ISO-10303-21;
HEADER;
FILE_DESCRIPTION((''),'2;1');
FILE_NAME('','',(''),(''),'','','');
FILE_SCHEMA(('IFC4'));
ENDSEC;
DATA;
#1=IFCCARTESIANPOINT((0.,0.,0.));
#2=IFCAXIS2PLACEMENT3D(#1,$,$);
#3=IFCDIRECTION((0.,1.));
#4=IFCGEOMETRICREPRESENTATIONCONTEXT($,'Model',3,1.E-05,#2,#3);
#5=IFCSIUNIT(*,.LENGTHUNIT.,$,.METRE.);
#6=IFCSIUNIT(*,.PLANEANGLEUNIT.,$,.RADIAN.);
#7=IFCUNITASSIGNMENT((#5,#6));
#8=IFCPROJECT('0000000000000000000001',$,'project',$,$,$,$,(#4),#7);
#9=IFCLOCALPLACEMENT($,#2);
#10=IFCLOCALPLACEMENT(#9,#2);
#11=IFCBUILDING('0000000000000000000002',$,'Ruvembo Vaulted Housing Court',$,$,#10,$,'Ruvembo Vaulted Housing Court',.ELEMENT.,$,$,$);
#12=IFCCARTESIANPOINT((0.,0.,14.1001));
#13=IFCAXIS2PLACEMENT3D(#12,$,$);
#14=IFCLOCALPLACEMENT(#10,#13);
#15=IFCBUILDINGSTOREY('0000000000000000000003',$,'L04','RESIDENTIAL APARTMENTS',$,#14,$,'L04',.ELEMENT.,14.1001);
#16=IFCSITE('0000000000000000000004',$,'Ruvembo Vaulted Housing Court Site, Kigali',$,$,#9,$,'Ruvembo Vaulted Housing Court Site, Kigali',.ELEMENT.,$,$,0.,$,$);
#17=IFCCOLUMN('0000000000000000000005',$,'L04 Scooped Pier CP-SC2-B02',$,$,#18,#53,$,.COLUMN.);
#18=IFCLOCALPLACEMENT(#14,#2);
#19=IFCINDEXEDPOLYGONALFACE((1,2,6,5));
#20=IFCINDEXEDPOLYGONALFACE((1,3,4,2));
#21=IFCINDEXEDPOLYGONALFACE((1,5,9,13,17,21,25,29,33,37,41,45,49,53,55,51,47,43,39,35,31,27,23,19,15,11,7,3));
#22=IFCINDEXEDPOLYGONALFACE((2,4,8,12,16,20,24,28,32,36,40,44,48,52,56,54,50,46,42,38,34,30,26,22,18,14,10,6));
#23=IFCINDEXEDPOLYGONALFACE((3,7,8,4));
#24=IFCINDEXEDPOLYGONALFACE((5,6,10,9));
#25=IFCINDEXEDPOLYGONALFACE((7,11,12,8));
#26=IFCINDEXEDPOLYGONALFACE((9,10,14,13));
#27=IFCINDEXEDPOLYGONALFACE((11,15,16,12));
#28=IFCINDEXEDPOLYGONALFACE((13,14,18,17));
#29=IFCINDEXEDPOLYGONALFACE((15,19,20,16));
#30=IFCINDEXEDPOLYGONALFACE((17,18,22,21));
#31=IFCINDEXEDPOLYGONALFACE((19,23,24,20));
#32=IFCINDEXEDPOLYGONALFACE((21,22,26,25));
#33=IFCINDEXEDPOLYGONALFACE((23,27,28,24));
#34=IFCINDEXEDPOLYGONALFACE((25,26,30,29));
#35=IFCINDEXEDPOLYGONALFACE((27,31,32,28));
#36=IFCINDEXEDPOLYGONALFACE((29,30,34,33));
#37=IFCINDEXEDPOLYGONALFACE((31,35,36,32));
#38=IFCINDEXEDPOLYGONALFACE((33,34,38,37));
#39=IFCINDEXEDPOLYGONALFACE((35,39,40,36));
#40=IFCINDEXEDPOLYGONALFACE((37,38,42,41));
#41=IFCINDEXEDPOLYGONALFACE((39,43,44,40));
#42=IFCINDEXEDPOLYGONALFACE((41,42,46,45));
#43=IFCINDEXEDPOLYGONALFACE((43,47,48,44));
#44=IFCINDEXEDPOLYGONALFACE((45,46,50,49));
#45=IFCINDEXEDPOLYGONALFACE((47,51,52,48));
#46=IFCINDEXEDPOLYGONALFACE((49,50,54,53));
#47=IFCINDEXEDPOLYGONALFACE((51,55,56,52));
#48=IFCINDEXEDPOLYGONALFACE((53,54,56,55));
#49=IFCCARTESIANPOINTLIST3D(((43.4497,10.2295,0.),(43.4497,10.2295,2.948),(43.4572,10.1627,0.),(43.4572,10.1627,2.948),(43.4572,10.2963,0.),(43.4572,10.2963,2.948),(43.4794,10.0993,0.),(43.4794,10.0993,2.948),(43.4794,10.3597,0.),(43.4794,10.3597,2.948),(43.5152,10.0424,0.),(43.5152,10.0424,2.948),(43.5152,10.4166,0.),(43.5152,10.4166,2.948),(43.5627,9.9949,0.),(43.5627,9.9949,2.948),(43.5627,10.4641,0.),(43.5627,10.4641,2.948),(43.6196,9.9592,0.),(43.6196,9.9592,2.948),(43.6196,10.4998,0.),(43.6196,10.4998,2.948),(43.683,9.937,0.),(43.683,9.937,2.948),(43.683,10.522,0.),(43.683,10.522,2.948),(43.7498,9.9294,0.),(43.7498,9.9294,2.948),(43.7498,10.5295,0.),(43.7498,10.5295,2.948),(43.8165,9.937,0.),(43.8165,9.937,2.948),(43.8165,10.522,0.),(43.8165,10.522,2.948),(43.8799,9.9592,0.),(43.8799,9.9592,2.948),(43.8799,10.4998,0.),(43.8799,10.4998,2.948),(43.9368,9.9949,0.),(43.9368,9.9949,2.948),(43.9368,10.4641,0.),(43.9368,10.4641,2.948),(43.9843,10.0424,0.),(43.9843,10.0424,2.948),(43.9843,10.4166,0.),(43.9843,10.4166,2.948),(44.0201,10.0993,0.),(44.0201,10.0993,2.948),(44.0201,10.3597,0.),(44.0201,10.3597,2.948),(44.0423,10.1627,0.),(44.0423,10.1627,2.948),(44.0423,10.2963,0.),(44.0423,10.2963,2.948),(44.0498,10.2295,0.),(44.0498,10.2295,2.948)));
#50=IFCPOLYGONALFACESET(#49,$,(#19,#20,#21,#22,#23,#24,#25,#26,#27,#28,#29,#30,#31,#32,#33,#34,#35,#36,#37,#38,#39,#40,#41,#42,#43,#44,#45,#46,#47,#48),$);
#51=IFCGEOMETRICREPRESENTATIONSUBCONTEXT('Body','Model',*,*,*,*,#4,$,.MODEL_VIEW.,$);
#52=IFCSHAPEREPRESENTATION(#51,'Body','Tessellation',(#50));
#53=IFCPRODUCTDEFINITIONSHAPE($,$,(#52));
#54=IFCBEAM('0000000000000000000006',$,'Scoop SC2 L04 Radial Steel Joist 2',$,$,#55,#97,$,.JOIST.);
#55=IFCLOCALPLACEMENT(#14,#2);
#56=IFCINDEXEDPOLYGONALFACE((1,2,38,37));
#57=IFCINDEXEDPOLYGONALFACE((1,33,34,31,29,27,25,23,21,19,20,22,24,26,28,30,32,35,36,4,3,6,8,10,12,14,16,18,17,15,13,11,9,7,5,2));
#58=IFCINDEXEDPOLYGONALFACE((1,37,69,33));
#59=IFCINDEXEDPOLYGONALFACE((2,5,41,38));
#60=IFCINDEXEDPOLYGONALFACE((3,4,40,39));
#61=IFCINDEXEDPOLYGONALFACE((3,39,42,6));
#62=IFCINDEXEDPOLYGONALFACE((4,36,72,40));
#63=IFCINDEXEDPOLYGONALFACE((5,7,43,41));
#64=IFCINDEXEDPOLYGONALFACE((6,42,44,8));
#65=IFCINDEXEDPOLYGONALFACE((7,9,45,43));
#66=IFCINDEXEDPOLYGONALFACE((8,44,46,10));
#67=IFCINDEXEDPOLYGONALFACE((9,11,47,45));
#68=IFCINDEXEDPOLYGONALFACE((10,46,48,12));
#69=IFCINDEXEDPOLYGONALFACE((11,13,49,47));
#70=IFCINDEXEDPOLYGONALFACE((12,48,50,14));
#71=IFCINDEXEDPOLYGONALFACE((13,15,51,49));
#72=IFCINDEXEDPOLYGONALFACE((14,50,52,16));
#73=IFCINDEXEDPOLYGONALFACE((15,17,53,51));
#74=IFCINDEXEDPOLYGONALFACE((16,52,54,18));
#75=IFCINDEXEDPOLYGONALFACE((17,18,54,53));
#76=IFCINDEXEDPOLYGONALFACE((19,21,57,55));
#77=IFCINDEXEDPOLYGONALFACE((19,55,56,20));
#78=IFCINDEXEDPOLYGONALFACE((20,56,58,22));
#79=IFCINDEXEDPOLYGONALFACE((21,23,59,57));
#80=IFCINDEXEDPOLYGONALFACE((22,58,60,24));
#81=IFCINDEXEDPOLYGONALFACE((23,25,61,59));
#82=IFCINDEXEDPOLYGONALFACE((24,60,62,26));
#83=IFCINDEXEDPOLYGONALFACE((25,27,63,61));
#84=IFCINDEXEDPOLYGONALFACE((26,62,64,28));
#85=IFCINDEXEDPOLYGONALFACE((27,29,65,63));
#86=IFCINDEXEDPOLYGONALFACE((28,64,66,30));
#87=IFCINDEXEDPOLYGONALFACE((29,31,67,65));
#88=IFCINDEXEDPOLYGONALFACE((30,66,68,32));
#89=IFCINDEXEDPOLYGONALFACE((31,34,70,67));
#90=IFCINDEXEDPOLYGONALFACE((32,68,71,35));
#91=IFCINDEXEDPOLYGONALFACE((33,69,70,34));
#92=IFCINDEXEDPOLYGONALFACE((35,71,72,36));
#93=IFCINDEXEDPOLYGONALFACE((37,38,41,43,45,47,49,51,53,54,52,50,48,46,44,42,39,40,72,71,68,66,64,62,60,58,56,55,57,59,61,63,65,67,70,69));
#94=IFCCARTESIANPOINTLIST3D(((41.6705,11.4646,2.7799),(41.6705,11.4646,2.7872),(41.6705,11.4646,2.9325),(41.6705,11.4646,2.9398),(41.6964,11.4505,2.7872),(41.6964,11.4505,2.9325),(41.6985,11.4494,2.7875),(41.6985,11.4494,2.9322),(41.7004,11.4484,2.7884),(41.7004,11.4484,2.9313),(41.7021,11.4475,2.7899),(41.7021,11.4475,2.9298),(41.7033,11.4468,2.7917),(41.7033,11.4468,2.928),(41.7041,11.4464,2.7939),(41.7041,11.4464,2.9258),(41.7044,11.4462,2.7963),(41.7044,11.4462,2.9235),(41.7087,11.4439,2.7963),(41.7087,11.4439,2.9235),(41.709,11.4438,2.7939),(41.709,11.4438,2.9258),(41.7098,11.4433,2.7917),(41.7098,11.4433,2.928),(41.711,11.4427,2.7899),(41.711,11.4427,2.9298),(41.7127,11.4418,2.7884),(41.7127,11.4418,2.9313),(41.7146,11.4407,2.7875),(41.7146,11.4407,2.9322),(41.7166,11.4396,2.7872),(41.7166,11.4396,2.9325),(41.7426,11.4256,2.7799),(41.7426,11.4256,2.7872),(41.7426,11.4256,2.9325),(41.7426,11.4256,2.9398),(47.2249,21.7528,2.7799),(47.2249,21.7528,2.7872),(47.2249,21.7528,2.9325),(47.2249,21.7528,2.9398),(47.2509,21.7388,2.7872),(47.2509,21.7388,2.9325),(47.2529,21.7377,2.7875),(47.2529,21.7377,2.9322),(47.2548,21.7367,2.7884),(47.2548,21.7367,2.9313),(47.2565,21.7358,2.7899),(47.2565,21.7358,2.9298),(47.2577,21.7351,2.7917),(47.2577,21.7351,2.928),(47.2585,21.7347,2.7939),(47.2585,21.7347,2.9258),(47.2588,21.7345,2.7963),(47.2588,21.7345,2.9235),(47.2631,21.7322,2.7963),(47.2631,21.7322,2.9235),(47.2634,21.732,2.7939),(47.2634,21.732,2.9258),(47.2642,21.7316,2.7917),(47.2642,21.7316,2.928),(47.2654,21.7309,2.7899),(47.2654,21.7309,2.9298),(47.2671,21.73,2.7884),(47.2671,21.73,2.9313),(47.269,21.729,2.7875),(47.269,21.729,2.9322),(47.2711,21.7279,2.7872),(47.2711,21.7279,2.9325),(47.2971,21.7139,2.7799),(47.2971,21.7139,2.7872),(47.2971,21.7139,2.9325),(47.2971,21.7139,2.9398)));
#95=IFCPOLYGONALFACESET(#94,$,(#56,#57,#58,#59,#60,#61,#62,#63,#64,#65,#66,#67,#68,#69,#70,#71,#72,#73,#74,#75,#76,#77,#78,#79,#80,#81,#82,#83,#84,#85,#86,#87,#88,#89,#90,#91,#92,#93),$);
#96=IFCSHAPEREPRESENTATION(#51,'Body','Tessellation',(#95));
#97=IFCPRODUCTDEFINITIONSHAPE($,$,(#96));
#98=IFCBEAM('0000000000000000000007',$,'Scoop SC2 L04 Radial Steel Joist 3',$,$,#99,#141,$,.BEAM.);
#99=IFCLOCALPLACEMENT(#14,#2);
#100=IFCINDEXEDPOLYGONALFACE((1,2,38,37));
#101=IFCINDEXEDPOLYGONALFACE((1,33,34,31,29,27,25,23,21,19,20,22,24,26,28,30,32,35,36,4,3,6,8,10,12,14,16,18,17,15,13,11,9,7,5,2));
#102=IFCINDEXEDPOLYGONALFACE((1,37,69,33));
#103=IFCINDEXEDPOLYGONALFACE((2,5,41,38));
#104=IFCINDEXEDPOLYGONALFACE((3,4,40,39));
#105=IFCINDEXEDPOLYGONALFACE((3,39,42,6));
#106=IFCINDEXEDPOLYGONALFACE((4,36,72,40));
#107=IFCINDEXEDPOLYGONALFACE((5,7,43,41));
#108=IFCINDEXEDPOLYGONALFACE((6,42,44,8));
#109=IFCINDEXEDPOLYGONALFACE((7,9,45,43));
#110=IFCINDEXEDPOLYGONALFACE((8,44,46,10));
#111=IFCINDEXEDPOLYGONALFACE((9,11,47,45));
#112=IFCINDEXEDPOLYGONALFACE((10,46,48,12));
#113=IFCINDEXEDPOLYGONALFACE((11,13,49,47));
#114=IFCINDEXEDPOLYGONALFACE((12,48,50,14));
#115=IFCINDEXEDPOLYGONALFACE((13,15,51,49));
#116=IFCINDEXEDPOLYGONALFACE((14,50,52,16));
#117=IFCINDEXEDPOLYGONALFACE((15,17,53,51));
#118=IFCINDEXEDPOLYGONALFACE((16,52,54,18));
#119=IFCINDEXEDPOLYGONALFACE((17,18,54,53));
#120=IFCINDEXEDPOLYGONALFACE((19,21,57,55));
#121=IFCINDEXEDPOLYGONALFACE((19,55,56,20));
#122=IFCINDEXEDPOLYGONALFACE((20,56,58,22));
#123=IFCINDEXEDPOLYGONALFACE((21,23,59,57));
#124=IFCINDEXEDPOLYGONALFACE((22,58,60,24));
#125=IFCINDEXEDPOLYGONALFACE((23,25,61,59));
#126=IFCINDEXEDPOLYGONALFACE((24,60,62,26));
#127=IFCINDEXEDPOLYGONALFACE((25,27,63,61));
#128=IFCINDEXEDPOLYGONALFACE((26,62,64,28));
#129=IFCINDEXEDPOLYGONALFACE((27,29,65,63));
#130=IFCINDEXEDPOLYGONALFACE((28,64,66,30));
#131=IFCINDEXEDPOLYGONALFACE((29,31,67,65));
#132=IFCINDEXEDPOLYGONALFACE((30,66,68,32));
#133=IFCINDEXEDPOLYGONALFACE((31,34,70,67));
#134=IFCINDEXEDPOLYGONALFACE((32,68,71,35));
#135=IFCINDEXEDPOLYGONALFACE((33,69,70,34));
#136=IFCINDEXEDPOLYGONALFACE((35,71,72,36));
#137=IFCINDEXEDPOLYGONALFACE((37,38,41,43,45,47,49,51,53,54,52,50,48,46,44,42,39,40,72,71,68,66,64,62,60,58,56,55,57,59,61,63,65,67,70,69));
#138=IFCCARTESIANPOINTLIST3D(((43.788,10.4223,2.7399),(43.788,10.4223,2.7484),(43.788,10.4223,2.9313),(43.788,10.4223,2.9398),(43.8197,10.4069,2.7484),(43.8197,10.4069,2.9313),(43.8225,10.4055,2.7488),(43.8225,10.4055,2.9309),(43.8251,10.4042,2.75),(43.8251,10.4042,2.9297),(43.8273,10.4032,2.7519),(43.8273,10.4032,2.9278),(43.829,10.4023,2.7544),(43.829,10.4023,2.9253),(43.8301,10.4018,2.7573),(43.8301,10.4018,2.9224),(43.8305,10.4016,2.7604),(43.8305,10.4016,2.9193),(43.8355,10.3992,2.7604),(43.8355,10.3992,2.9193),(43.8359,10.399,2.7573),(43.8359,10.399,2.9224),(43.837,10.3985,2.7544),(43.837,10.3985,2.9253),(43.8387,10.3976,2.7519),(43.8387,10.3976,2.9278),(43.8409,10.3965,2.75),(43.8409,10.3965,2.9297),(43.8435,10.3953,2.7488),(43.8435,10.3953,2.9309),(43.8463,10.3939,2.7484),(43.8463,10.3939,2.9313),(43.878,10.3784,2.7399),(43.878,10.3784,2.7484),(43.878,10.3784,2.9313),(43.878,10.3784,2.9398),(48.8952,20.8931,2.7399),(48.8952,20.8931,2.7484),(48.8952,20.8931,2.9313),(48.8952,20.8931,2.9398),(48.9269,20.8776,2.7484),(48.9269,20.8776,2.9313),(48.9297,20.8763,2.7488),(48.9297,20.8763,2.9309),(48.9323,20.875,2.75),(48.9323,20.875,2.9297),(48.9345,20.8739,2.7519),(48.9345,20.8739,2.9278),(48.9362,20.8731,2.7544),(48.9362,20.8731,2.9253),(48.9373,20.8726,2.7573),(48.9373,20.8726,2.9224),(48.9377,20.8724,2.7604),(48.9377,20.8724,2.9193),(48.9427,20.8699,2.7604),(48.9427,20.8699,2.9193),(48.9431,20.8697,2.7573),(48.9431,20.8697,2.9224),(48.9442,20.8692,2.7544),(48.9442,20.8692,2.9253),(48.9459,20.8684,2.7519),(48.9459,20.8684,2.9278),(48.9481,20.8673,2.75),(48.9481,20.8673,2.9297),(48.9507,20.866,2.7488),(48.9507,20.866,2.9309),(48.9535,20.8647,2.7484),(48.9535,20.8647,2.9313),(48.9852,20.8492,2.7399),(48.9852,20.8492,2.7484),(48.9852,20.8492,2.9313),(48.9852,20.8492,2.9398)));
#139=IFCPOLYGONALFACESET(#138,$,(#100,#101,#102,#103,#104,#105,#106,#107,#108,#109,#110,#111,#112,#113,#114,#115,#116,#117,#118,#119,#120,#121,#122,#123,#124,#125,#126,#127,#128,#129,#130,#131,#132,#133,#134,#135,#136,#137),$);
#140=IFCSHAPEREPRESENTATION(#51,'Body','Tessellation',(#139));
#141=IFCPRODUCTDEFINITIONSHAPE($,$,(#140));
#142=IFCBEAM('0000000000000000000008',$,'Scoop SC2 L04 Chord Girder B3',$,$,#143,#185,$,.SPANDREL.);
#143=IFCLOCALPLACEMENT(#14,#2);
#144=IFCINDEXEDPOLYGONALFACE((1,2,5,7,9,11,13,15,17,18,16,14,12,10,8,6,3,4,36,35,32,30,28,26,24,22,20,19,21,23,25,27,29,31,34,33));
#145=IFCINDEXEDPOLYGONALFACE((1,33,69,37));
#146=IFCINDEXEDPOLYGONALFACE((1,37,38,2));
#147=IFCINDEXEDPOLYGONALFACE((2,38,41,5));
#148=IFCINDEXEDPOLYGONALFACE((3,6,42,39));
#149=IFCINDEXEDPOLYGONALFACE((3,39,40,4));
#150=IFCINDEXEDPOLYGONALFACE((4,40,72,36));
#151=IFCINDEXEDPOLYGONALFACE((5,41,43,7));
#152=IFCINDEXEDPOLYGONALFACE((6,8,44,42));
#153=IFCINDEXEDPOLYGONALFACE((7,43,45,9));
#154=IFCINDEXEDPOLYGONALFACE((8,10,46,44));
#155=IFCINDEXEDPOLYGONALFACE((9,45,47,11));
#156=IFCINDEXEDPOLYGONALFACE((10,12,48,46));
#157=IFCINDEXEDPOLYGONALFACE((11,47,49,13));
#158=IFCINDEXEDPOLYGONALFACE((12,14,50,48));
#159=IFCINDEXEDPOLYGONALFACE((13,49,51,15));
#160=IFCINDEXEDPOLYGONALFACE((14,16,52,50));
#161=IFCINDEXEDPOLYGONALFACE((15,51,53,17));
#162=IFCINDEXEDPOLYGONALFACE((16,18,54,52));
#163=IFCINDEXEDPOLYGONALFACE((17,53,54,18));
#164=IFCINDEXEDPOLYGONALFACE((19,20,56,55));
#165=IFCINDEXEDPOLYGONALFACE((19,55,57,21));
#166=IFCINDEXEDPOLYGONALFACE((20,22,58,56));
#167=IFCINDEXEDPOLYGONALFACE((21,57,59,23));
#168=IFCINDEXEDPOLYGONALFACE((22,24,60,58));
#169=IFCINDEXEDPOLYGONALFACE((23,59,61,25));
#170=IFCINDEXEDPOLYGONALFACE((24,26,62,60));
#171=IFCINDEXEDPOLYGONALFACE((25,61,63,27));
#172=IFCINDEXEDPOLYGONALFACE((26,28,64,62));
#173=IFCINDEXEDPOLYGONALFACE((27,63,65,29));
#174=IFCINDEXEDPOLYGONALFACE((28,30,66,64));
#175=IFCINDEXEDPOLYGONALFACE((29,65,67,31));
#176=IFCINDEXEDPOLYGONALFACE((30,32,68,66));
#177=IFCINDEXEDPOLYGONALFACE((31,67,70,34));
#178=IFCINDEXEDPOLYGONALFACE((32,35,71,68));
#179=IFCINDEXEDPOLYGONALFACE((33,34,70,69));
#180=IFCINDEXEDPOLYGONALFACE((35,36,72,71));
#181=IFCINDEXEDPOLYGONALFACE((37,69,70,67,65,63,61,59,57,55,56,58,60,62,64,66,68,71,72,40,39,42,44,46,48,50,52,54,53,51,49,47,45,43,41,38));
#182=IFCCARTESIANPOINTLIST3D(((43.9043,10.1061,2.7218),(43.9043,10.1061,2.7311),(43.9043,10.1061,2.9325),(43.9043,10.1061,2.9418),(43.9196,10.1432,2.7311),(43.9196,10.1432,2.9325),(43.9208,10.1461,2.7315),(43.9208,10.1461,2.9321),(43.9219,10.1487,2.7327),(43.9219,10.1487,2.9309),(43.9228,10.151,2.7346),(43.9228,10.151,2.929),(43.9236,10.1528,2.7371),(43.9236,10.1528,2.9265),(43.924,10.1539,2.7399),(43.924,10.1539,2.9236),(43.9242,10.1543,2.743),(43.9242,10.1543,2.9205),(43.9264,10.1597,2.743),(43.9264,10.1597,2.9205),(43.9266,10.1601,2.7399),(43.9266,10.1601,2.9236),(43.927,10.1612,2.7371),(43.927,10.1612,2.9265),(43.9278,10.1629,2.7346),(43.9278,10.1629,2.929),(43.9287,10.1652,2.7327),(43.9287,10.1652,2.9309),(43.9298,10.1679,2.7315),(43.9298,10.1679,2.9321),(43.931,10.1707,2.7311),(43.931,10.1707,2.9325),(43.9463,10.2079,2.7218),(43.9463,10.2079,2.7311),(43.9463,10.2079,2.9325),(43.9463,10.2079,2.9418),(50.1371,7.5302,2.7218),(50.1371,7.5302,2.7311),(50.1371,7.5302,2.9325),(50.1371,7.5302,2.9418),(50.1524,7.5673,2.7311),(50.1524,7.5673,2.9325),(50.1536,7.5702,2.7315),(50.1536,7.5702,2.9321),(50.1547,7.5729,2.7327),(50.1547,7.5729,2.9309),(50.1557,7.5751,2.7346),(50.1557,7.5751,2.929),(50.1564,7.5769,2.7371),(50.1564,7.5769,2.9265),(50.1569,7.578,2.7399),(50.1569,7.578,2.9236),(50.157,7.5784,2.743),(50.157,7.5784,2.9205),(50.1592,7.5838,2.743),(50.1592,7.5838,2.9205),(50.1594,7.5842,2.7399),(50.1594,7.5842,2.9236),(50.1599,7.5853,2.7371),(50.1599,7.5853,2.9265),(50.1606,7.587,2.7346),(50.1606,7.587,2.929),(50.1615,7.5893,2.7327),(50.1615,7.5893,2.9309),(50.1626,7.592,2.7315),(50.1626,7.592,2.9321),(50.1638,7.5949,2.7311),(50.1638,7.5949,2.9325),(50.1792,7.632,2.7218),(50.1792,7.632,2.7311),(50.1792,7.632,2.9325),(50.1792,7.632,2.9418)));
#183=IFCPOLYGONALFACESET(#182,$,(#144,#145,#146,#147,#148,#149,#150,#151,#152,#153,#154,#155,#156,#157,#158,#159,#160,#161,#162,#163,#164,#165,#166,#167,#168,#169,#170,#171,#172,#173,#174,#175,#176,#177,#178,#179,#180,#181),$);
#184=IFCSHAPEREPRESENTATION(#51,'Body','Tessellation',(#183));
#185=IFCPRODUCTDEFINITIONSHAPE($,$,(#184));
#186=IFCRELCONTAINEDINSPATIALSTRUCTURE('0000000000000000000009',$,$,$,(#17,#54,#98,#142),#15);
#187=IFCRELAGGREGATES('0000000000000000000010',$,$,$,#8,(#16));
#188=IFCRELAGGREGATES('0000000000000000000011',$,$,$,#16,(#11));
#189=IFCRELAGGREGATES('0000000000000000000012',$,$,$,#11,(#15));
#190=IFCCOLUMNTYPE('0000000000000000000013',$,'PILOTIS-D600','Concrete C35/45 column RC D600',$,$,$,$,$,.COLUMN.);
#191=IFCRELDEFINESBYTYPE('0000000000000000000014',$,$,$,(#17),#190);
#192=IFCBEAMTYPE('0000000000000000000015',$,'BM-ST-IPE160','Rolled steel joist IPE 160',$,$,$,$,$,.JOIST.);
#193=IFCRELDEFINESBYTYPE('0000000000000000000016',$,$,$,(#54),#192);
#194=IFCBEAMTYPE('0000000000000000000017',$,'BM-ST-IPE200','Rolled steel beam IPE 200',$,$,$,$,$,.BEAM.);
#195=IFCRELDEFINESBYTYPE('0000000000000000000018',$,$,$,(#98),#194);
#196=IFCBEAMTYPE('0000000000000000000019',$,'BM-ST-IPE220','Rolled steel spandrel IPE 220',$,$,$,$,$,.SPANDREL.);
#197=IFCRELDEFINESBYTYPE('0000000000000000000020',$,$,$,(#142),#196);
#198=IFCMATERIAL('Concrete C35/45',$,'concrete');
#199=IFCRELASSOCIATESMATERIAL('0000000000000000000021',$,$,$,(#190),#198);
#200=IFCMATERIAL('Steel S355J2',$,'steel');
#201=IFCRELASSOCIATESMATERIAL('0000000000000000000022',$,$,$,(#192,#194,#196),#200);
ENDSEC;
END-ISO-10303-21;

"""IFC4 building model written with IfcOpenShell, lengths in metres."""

from ifc_helpers import new_model, si_unit, direction, frame, origin, origin_2d, place, context, subcontext, project, spatial, circle, i_section, extrude, material, material_profile, profile_set, type_object, element, save


model = new_model("IFC4")

# Units and contexts
model_context = context("Model", 3, precision=1e-05, world=origin(), true_north=direction((0.0, 1.0)))
body_context = subcontext(model_context, "Body", "Model", "MODEL_VIEW")
ifc_project = project(units=[si_unit("LENGTHUNIT", "METRE"), si_unit("PLANEANGLEUNIT", "RADIAN")], contexts=[model_context])

# Site, building, storey
site_placement = place(None, origin())
site = spatial("IfcSite", under=ifc_project, at=site_placement, Name="Ruvembo Vaulted Housing Court Site, Kigali", LongName="Ruvembo Vaulted Housing Court Site, Kigali", CompositionType="ELEMENT", RefElevation=0.0)
building_placement = place(site_placement, origin())
building = spatial("IfcBuilding", under=site, at=building_placement, Name="Ruvembo Vaulted Housing Court", LongName="Ruvembo Vaulted Housing Court", CompositionType="ELEMENT")
storey_placement = place(building_placement, frame((0.0, 0.0, 14.1001)))
storey = spatial("IfcBuildingStorey", under=building, at=storey_placement, Name="L04", Description="RESIDENTIAL APARTMENTS", LongName="L04", CompositionType="ELEMENT", Elevation=14.1001)

# Column
ifc_material_1 = material(Name="Concrete C35/45", Category="concrete")
ifc_material_profile_1 = material_profile(ifc_material_1, circle(Radius=0.3, at=origin_2d()), Name="RC D600")
ifc_profile_set_1 = profile_set([ifc_material_profile_1], Name="Concrete C35/45")
column_type = type_object("IfcColumnType", Name="PILOTIS-D600", Description="Concrete C35/45 column RC D600", PredefinedType="COLUMN", material=ifc_profile_set_1)
column_placement = place(storey_placement, frame((43.7498, 10.2295, 0.0), z_axis=(0.0, 0.0, 1.0), x_axis=(1.0, 0.0, 0.0)))
element("IfcColumn", 1, at=column_placement, inside=storey, type_object=column_type, Name="L04 Scooped Pier CP-SC2-B02", PredefinedType="COLUMN", context=body_context, shape_type="SweptSolid", body=[
    extrude(circle(Radius=0.3, at=origin_2d()), origin(), (0.0, 0.0, 1.0), 2.948),
])

# Beams
ifc_material_2 = material(Name="Steel S355J2", Category="steel")
ifc_material_profile_2 = material_profile(ifc_material_2, i_section(OverallWidth=0.082, OverallDepth=0.1599, WebThickness=0.0049, FlangeThickness=0.0073, FilletRadius=0.009, at=origin_2d()), Name="IPE 160")
ifc_profile_set_2 = profile_set([ifc_material_profile_2], Name="Steel S355J2")
beam_type_1 = type_object("IfcBeamType", Name="BM-ST-IPE160", Description="Rolled steel joist IPE 160", PredefinedType="JOIST", material=ifc_profile_set_2)
beam_1_placement = place(storey_placement, frame((41.7065, 11.4451, 2.8599), z_axis=(0.475066, 0.87995, 0.0), x_axis=(-0.87995, 0.475066, 0.0)))
element("IfcBeam", 2, at=beam_1_placement, inside=storey, type_object=beam_type_1, Name="Scoop SC2 L04 Radial Steel Joist 2", PredefinedType="JOIST", context=body_context, shape_type="SweptSolid", body=[
    extrude(i_section(OverallWidth=0.082, OverallDepth=0.1599, WebThickness=0.0049, FlangeThickness=0.0073, FilletRadius=0.009, at=origin_2d()), origin(), (0.0, 0.0, 1.0), 11.6919),
])
ifc_material_profile_3 = material_profile(ifc_material_2, i_section(OverallWidth=0.1001, OverallDepth=0.2, WebThickness=0.0056, FlangeThickness=0.0085, FilletRadius=0.012, at=origin_2d()), Name="IPE 200")
ifc_profile_set_3 = profile_set([ifc_material_profile_3], Name="Steel S355J2")
beam_type_2 = type_object("IfcBeamType", Name="BM-ST-IPE200", Description="Rolled steel beam IPE 200", PredefinedType="BEAM", material=ifc_profile_set_3)
beam_2_placement = place(storey_placement, frame((43.833, 10.4004, 2.8398), z_axis=(0.43839, 0.898785, 0.0), x_axis=(-0.898785, 0.43839, 0.0)))
element("IfcBeam", 3, at=beam_2_placement, inside=storey, type_object=beam_type_2, Name="Scoop SC2 L04 Radial Steel Joist 3", PredefinedType="BEAM", context=body_context, shape_type="SweptSolid", body=[
    extrude(i_section(OverallWidth=0.1001, OverallDepth=0.2, WebThickness=0.0056, FlangeThickness=0.0085, FilletRadius=0.012, at=origin_2d()), origin(), (0.0, 0.0, 1.0), 11.6499),
])
ifc_material_profile_4 = material_profile(ifc_material_2, i_section(OverallWidth=0.1101, OverallDepth=0.22, WebThickness=0.0059, FlangeThickness=0.0093, FilletRadius=0.012, at=origin_2d()), Name="IPE 220")
ifc_profile_set_4 = profile_set([ifc_material_profile_4], Name="Steel S355J2")
beam_type_3 = type_object("IfcBeamType", Name="BM-ST-IPE220", Description="Rolled steel spandrel IPE 220", PredefinedType="SPANDREL", material=ifc_profile_set_4)
beam_3_placement = place(storey_placement, frame((43.9253, 10.157, 2.8318), z_axis=(0.924185, -0.381946, 0.0), x_axis=(0.381946, 0.924185, 0.0)))
element("IfcBeam", 4, at=beam_3_placement, inside=storey, type_object=beam_type_3, Name="Scoop SC2 L04 Chord Girder B3", PredefinedType="SPANDREL", context=body_context, shape_type="SweptSolid", body=[
    extrude(i_section(OverallWidth=0.1101, OverallDepth=0.22, WebThickness=0.0059, FlangeThickness=0.0093, FilletRadius=0.012, at=origin_2d()), origin(), (0.0, 0.0, 1.0), 6.7441),
])

save(model, "model.ifc")
